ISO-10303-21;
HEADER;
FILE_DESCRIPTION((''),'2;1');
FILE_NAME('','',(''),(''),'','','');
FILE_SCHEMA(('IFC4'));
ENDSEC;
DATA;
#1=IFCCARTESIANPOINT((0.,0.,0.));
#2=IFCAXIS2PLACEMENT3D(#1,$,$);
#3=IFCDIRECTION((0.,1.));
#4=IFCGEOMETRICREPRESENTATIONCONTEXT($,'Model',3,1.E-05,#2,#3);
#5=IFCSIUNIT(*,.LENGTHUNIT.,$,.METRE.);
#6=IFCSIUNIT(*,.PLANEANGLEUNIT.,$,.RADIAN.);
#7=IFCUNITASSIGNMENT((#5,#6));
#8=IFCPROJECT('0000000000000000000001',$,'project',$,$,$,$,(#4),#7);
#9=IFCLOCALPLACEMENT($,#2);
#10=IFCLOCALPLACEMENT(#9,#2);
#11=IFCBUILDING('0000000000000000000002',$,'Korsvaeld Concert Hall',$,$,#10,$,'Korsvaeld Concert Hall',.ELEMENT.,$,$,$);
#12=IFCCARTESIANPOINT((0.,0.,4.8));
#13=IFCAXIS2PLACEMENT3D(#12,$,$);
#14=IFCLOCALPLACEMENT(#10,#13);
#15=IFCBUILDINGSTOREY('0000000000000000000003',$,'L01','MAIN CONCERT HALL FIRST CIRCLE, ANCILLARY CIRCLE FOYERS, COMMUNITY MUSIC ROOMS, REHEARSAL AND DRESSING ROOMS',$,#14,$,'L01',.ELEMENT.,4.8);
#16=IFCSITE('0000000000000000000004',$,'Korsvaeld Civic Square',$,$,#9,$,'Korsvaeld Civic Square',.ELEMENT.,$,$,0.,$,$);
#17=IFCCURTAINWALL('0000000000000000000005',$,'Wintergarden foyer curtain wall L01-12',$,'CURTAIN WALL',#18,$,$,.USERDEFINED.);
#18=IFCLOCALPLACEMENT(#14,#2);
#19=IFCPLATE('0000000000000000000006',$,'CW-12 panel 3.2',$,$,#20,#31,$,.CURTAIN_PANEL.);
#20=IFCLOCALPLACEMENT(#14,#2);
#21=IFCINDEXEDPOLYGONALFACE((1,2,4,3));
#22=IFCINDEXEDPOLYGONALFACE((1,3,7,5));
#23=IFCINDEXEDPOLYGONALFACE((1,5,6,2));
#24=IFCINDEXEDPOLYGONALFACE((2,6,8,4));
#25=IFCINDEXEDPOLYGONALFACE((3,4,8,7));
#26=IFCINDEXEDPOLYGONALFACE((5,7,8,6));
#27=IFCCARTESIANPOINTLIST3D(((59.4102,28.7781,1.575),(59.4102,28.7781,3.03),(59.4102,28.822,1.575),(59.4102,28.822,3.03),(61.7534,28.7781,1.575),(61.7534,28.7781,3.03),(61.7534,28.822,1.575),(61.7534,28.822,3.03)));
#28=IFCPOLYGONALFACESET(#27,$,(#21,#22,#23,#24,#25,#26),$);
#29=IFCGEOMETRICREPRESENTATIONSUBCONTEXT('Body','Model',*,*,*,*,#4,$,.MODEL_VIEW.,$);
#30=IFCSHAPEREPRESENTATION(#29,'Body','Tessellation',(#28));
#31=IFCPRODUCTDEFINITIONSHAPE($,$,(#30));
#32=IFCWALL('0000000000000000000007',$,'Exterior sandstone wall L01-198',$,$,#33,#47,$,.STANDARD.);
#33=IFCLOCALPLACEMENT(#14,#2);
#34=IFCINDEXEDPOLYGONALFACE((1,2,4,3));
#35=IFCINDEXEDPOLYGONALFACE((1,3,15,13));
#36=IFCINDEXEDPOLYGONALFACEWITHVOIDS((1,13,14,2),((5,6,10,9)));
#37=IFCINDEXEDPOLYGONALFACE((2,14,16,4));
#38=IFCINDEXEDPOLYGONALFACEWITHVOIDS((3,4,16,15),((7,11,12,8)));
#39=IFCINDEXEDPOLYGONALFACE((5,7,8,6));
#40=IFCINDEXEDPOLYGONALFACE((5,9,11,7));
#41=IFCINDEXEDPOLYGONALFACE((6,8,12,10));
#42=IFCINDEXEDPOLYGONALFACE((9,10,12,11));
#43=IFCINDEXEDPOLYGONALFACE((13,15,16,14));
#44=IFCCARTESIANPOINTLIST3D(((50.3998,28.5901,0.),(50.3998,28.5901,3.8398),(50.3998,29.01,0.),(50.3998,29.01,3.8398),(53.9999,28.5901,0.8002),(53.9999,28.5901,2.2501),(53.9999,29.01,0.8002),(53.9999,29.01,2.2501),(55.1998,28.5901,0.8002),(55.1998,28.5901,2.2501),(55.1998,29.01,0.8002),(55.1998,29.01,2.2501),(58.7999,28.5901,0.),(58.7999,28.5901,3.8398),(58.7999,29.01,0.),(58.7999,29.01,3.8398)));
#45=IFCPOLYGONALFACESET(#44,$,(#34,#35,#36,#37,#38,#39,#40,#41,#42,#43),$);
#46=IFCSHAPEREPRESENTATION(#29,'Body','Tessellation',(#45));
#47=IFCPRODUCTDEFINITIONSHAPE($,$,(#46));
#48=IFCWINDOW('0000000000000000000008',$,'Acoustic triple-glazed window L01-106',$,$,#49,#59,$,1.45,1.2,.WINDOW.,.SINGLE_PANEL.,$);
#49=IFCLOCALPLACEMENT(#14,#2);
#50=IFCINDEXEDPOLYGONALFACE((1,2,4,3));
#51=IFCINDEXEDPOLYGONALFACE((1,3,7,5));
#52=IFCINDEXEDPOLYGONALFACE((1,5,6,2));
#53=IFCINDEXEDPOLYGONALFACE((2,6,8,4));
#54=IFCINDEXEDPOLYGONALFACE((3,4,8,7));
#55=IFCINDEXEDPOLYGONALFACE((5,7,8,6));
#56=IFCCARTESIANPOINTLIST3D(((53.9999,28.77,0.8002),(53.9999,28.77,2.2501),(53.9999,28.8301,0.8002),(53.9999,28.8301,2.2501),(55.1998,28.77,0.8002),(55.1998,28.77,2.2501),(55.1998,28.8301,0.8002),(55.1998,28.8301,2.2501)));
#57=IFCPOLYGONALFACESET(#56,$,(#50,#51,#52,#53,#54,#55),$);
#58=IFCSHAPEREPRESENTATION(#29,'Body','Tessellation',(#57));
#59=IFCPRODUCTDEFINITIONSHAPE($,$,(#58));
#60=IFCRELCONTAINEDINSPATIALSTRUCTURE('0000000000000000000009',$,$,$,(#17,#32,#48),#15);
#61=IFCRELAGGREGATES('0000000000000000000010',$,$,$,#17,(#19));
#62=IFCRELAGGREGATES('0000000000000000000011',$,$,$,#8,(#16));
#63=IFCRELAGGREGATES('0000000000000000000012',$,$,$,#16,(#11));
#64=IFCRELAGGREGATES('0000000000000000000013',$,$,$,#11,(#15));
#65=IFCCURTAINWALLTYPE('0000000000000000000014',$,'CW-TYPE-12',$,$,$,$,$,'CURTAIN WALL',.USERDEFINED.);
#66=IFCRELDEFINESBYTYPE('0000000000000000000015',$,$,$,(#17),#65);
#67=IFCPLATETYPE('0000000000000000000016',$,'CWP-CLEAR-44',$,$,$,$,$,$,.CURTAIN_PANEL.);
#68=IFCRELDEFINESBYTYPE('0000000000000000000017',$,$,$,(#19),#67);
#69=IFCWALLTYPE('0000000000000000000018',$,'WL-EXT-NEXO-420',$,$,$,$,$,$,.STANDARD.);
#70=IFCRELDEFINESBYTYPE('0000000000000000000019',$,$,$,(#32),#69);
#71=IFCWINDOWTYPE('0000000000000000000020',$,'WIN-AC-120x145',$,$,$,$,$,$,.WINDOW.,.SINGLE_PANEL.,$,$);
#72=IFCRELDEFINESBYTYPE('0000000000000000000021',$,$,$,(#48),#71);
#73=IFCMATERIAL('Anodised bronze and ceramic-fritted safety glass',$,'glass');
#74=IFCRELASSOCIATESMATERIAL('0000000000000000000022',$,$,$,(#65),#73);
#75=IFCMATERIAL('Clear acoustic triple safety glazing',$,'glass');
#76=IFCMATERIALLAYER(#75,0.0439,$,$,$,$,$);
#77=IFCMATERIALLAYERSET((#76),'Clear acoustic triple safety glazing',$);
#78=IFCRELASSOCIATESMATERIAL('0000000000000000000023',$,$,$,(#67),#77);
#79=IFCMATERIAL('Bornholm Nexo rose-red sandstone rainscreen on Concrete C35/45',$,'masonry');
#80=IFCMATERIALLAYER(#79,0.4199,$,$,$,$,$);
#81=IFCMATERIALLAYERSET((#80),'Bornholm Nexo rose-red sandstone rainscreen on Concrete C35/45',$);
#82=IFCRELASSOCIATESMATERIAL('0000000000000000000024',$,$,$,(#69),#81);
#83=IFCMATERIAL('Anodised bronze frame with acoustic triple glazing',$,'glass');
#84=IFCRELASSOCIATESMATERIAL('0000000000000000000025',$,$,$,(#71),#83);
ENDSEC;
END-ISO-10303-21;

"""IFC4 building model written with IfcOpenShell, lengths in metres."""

from ifc_helpers import new_model, si_unit, direction, frame, frame_2d, origin, origin_2d, place, context, subcontext, project, spatial, rectangle, extrude, material, layer, layer_set, type_object, element, fill, aggregate, save


model = new_model("IFC4")

# Units and contexts
model_context = context("Model", 3, precision=1e-05, world=origin(), true_north=direction((0.0, 1.0)))
body_context = subcontext(model_context, "Body", "Model", "MODEL_VIEW")
ifc_project = project(units=[si_unit("LENGTHUNIT", "METRE"), si_unit("PLANEANGLEUNIT", "RADIAN")], contexts=[model_context])

# Site, building, storey
site_placement = place(None, origin())
site = spatial("IfcSite", under=ifc_project, at=site_placement, Name="Korsvaeld Civic Square", LongName="Korsvaeld Civic Square", CompositionType="ELEMENT", RefElevation=0.0)
building_placement = place(site_placement, origin())
building = spatial("IfcBuilding", under=site, at=building_placement, Name="Korsvaeld Concert Hall", LongName="Korsvaeld Concert Hall", CompositionType="ELEMENT")
storey_placement = place(building_placement, frame((0.0, 0.0, 4.8)))
storey = spatial("IfcBuildingStorey", under=building, at=storey_placement, Name="L01", Description="MAIN CONCERT HALL FIRST CIRCLE, ANCILLARY CIRCLE FOYERS, COMMUNITY MUSIC ROOMS, REHEARSAL AND DRESSING ROOMS", LongName="L01", CompositionType="ELEMENT", Elevation=4.8)

# Shared definitions
ifc_material_1 = material(Name="Anodised bronze and ceramic-fritted safety glass", Category="glass")

# Curtain wall
curtain_wall_type_1 = type_object("IfcCurtainWallType", Name="CW-TYPE-12", ElementType="CURTAIN WALL", PredefinedType="USERDEFINED", material=ifc_material_1)
curtain_wall_1_placement = place(storey_placement, origin())
curtain_wall_1 = element("IfcCurtainWall", 1, at=curtain_wall_1_placement, inside=storey, type_object=curtain_wall_type_1, Name="Wintergarden foyer curtain wall L01-12", ObjectType="CURTAIN WALL", PredefinedType="USERDEFINED")

# Plate
ifc_material_2 = material(Name="Clear acoustic triple safety glazing", Category="glass")
ifc_layer_1 = layer(ifc_material_2, 0.0439)
ifc_layer_set_1 = layer_set([ifc_layer_1], Name="Clear acoustic triple safety glazing")
plate_type = type_object("IfcPlateType", Name="CWP-CLEAR-44", PredefinedType="CURTAIN_PANEL", material=ifc_layer_set_1)
plate_1_placement = place(storey_placement, frame((60.5818, 28.8, 1.575), z_axis=(0.0, 0.0, 1.0), x_axis=(-1.0, 0.0, 0.0)))
plate_1 = element("IfcPlate", 2, at=plate_1_placement, type_object=plate_type, Name="CW-12 panel 3.2", PredefinedType="CURTAIN_PANEL", context=body_context, shape_type="SweptSolid", body=[
    extrude(rectangle(XDim=2.3433, YDim=0.0439, at=origin_2d()), origin(), (0.0, 0.0, 1.0), 1.4551),
])
aggregate(curtain_wall_1, [plate_1])

# Wall, opening, window
ifc_material_3 = material(Name="Bornholm Nexo rose-red sandstone rainscreen on Concrete C35/45", Category="masonry")
ifc_layer_2 = layer(ifc_material_3, 0.4199)
ifc_layer_set_2 = layer_set([ifc_layer_2], Name="Bornholm Nexo rose-red sandstone rainscreen on Concrete C35/45")
wall_type = type_object("IfcWallType", Name="WL-EXT-NEXO-420", PredefinedType="STANDARD", material=ifc_layer_set_2)
wall_placement = place(storey_placement, frame((58.8, 28.8, 0.0), z_axis=(0.0, 0.0, 1.0), x_axis=(-1.0, 0.0, 0.0)))
wall = element("IfcWall", 3, at=wall_placement, inside=storey, type_object=wall_type, Name="Exterior sandstone wall L01-198", PredefinedType="STANDARD", context=body_context, shape_type="SweptSolid", body=[
    extrude(rectangle(XDim=8.4001, YDim=0.4199, at=frame_2d((4.2002, 0.0))), origin(), (0.0, 0.0, 1.0), 3.8398),
])
opening_placement = place(wall_placement, frame((3.6001, 0.0, 0.8)))
opening = element("IfcOpeningElement", 4, at=opening_placement, cuts=wall, PredefinedType="OPENING", context=body_context, shape_type="SweptSolid", body=[
    extrude(rectangle(XDim=1.2, YDim=1.45, at=frame_2d((0.6001, 0.7251))), frame((0.0, 0.22, 0.0), z_axis=(0.0, -1.0, 0.0), x_axis=(1.0, 0.0, 0.0)), (0.0, 0.0, 1.0), 0.4399),
])
ifc_material_4 = material(Name="Anodised bronze frame with acoustic triple glazing", Category="glass")
window_type = type_object("IfcWindowType", Name="WIN-AC-120x145", PartitioningType="SINGLE_PANEL", PredefinedType="WINDOW", material=ifc_material_4)
window_placement = place(opening_placement, origin())
window = element("IfcWindow", 5, at=window_placement, inside=storey, type_object=window_type, Name="Acoustic triple-glazed window L01-106", OverallHeight=1.45, OverallWidth=1.2, PartitioningType="SINGLE_PANEL", PredefinedType="WINDOW", context=body_context, shape_type="SweptSolid", body=[
    extrude(rectangle(XDim=1.2, YDim=1.45, at=frame_2d((0.6001, 0.7251))), frame((0.0, 0.03, 0.0), z_axis=(0.0, -1.0, 0.0), x_axis=(1.0, 0.0, 0.0)), (0.0, 0.0, 1.0), 0.0601),
])
fill(opening, window)

save(model, "model.ifc")
